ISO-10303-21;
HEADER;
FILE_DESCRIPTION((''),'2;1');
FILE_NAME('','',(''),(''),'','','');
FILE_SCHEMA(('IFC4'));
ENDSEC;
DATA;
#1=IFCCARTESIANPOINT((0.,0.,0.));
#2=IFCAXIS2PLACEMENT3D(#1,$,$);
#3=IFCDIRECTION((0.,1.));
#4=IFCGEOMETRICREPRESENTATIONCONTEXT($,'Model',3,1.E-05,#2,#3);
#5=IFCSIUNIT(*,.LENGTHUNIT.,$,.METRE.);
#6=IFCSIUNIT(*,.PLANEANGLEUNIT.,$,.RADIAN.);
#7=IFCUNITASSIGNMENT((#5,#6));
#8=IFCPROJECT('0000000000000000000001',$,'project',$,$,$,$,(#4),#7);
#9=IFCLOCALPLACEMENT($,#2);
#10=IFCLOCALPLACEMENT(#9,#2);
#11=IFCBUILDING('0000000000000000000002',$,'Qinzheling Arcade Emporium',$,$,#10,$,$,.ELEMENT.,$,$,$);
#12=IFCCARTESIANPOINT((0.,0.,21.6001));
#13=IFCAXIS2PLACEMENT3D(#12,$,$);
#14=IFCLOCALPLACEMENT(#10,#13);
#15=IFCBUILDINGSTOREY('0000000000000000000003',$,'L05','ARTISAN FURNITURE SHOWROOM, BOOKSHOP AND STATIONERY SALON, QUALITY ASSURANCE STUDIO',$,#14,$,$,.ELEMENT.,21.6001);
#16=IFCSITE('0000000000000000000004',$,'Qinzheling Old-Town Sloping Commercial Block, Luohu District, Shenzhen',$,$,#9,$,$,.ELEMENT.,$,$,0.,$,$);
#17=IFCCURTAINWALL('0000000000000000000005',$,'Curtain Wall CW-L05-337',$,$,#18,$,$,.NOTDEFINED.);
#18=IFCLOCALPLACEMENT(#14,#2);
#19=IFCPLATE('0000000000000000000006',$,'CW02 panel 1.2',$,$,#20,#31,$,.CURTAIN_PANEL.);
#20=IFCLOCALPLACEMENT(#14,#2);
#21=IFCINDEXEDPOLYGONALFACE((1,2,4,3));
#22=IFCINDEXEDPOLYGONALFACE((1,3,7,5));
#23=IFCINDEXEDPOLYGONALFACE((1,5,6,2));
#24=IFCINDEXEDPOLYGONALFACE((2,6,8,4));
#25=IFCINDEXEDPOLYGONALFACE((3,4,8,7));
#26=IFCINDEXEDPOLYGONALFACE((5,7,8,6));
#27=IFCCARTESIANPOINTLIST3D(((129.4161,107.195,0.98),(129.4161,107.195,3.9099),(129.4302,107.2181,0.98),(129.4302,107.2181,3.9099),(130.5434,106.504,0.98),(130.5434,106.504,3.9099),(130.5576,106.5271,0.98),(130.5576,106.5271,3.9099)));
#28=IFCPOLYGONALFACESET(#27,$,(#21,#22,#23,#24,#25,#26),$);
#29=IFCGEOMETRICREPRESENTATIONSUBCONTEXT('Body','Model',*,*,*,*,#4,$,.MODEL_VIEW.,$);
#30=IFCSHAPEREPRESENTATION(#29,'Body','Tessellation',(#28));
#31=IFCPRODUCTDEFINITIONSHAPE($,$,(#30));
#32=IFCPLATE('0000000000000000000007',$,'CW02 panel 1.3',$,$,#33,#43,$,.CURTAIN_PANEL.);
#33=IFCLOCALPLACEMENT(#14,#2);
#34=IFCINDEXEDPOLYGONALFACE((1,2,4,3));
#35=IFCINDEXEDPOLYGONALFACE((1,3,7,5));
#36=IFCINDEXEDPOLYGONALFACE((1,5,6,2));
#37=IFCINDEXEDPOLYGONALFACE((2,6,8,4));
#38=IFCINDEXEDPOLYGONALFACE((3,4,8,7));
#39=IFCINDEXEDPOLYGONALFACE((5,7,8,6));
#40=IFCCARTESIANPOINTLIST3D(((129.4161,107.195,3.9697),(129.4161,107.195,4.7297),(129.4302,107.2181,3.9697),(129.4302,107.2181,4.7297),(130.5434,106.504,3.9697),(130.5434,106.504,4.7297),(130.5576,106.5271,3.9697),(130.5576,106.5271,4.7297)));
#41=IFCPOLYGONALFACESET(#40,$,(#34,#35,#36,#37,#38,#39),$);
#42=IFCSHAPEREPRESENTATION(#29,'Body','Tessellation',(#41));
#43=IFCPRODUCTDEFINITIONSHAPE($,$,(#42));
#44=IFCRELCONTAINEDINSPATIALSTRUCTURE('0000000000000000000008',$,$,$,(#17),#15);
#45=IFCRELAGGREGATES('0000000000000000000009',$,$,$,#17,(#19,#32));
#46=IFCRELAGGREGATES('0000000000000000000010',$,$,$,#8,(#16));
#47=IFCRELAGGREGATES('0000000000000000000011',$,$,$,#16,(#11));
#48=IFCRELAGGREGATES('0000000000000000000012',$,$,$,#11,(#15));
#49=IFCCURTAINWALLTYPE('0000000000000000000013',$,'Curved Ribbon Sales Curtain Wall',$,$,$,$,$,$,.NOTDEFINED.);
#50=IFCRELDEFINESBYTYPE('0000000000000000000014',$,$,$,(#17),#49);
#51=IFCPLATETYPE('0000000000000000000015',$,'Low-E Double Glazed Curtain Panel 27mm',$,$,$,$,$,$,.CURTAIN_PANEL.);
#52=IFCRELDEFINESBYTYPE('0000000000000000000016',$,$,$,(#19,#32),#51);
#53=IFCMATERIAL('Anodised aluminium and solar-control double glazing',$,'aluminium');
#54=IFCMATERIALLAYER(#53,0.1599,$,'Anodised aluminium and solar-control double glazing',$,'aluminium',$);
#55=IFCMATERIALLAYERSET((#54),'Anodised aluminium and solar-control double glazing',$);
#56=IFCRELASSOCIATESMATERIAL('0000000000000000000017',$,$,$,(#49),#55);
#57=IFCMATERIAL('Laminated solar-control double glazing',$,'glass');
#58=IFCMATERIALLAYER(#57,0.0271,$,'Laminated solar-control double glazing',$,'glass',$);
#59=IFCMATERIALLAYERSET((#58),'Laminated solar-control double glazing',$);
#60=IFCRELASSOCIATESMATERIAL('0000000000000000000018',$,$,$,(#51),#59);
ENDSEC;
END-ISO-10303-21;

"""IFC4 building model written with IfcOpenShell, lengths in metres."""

from ifc_helpers import new_model, si_unit, direction, frame, origin, origin_2d, place, context, subcontext, project, spatial, rectangle, extrude, material, layer, layer_set, type_object, element, aggregate, save


model = new_model("IFC4")

# Units and contexts
model_context = context("Model", 3, precision=1e-05, world=origin(), true_north=direction((0.0, 1.0)))
body_context = subcontext(model_context, "Body", "Model", "MODEL_VIEW")
ifc_project = project(units=[si_unit("LENGTHUNIT", "METRE"), si_unit("PLANEANGLEUNIT", "RADIAN")], contexts=[model_context])

# Site, building, storey
site_placement = place(None, origin())
site = spatial("IfcSite", under=ifc_project, at=site_placement, Name="Qinzheling Old-Town Sloping Commercial Block, Luohu District, Shenzhen", CompositionType="ELEMENT", RefElevation=0.0)
building_placement = place(site_placement, origin())
building = spatial("IfcBuilding", under=site, at=building_placement, Name="Qinzheling Arcade Emporium", CompositionType="ELEMENT")
storey_placement = place(building_placement, frame((0.0, 0.0, 21.6001)))
storey = spatial("IfcBuildingStorey", under=building, at=storey_placement, Name="L05", Description="ARTISAN FURNITURE SHOWROOM, BOOKSHOP AND STATIONERY SALON, QUALITY ASSURANCE STUDIO", CompositionType="ELEMENT", Elevation=21.6001)

# Shared definitions
ifc_material_1 = material(Name="Anodised aluminium and solar-control double glazing", Category="aluminium")
ifc_layer_1 = layer(ifc_material_1, 0.1599, Name="Anodised aluminium and solar-control double glazing", Category="aluminium")
ifc_layer_set_1 = layer_set([ifc_layer_1], Name="Anodised aluminium and solar-control double glazing")
curtain_wall_type = type_object("IfcCurtainWallType", Name="Curved Ribbon Sales Curtain Wall", PredefinedType="NOTDEFINED", material=ifc_layer_set_1)

# Curtain wall
curtain_wall_1_placement = place(storey_placement, origin())
curtain_wall_1 = element("IfcCurtainWall", 1, at=curtain_wall_1_placement, inside=storey, type_object=curtain_wall_type, Name="Curtain Wall CW-L05-337", PredefinedType="NOTDEFINED")

# Plates
ifc_material_2 = material(Name="Laminated solar-control double glazing", Category="glass")
ifc_layer_2 = layer(ifc_material_2, 0.0271, Name="Laminated solar-control double glazing", Category="glass")
ifc_layer_set_2 = layer_set([ifc_layer_2], Name="Laminated solar-control double glazing")
plate_type_1 = type_object("IfcPlateType", Name="Low-E Double Glazed Curtain Panel 27mm", PredefinedType="CURTAIN_PANEL", material=ifc_layer_set_2)
plate_1_placement = place(storey_placement, frame((129.9868, 106.8611, 0.98), z_axis=(0.0, 0.0, 1.0), x_axis=(0.852581, -0.522595, 0.0)))
plate_1 = element("IfcPlate", 2, at=plate_1_placement, type_object=plate_type_1, Name="CW02 panel 1.2", PredefinedType="CURTAIN_PANEL", context=body_context, shape_type="SweptSolid", body=[
    extrude(rectangle(XDim=1.3223, YDim=0.0271, at=origin_2d()), origin(), (0.0, 0.0, 1.0), 2.9299),
])
plate_2_placement = place(storey_placement, frame((129.9868, 106.8611, 3.9697), z_axis=(0.0, 0.0, 1.0), x_axis=(0.852581, -0.522595, 0.0)))
plate_2 = element("IfcPlate", 3, at=plate_2_placement, type_object=plate_type_1, Name="CW02 panel 1.3", PredefinedType="CURTAIN_PANEL", context=body_context, shape_type="SweptSolid", body=[
    extrude(rectangle(XDim=1.3223, YDim=0.0271, at=origin_2d()), origin(), (0.0, 0.0, 1.0), 0.76),
])
aggregate(curtain_wall_1, [plate_1, plate_2])

save(model, "model.ifc")
